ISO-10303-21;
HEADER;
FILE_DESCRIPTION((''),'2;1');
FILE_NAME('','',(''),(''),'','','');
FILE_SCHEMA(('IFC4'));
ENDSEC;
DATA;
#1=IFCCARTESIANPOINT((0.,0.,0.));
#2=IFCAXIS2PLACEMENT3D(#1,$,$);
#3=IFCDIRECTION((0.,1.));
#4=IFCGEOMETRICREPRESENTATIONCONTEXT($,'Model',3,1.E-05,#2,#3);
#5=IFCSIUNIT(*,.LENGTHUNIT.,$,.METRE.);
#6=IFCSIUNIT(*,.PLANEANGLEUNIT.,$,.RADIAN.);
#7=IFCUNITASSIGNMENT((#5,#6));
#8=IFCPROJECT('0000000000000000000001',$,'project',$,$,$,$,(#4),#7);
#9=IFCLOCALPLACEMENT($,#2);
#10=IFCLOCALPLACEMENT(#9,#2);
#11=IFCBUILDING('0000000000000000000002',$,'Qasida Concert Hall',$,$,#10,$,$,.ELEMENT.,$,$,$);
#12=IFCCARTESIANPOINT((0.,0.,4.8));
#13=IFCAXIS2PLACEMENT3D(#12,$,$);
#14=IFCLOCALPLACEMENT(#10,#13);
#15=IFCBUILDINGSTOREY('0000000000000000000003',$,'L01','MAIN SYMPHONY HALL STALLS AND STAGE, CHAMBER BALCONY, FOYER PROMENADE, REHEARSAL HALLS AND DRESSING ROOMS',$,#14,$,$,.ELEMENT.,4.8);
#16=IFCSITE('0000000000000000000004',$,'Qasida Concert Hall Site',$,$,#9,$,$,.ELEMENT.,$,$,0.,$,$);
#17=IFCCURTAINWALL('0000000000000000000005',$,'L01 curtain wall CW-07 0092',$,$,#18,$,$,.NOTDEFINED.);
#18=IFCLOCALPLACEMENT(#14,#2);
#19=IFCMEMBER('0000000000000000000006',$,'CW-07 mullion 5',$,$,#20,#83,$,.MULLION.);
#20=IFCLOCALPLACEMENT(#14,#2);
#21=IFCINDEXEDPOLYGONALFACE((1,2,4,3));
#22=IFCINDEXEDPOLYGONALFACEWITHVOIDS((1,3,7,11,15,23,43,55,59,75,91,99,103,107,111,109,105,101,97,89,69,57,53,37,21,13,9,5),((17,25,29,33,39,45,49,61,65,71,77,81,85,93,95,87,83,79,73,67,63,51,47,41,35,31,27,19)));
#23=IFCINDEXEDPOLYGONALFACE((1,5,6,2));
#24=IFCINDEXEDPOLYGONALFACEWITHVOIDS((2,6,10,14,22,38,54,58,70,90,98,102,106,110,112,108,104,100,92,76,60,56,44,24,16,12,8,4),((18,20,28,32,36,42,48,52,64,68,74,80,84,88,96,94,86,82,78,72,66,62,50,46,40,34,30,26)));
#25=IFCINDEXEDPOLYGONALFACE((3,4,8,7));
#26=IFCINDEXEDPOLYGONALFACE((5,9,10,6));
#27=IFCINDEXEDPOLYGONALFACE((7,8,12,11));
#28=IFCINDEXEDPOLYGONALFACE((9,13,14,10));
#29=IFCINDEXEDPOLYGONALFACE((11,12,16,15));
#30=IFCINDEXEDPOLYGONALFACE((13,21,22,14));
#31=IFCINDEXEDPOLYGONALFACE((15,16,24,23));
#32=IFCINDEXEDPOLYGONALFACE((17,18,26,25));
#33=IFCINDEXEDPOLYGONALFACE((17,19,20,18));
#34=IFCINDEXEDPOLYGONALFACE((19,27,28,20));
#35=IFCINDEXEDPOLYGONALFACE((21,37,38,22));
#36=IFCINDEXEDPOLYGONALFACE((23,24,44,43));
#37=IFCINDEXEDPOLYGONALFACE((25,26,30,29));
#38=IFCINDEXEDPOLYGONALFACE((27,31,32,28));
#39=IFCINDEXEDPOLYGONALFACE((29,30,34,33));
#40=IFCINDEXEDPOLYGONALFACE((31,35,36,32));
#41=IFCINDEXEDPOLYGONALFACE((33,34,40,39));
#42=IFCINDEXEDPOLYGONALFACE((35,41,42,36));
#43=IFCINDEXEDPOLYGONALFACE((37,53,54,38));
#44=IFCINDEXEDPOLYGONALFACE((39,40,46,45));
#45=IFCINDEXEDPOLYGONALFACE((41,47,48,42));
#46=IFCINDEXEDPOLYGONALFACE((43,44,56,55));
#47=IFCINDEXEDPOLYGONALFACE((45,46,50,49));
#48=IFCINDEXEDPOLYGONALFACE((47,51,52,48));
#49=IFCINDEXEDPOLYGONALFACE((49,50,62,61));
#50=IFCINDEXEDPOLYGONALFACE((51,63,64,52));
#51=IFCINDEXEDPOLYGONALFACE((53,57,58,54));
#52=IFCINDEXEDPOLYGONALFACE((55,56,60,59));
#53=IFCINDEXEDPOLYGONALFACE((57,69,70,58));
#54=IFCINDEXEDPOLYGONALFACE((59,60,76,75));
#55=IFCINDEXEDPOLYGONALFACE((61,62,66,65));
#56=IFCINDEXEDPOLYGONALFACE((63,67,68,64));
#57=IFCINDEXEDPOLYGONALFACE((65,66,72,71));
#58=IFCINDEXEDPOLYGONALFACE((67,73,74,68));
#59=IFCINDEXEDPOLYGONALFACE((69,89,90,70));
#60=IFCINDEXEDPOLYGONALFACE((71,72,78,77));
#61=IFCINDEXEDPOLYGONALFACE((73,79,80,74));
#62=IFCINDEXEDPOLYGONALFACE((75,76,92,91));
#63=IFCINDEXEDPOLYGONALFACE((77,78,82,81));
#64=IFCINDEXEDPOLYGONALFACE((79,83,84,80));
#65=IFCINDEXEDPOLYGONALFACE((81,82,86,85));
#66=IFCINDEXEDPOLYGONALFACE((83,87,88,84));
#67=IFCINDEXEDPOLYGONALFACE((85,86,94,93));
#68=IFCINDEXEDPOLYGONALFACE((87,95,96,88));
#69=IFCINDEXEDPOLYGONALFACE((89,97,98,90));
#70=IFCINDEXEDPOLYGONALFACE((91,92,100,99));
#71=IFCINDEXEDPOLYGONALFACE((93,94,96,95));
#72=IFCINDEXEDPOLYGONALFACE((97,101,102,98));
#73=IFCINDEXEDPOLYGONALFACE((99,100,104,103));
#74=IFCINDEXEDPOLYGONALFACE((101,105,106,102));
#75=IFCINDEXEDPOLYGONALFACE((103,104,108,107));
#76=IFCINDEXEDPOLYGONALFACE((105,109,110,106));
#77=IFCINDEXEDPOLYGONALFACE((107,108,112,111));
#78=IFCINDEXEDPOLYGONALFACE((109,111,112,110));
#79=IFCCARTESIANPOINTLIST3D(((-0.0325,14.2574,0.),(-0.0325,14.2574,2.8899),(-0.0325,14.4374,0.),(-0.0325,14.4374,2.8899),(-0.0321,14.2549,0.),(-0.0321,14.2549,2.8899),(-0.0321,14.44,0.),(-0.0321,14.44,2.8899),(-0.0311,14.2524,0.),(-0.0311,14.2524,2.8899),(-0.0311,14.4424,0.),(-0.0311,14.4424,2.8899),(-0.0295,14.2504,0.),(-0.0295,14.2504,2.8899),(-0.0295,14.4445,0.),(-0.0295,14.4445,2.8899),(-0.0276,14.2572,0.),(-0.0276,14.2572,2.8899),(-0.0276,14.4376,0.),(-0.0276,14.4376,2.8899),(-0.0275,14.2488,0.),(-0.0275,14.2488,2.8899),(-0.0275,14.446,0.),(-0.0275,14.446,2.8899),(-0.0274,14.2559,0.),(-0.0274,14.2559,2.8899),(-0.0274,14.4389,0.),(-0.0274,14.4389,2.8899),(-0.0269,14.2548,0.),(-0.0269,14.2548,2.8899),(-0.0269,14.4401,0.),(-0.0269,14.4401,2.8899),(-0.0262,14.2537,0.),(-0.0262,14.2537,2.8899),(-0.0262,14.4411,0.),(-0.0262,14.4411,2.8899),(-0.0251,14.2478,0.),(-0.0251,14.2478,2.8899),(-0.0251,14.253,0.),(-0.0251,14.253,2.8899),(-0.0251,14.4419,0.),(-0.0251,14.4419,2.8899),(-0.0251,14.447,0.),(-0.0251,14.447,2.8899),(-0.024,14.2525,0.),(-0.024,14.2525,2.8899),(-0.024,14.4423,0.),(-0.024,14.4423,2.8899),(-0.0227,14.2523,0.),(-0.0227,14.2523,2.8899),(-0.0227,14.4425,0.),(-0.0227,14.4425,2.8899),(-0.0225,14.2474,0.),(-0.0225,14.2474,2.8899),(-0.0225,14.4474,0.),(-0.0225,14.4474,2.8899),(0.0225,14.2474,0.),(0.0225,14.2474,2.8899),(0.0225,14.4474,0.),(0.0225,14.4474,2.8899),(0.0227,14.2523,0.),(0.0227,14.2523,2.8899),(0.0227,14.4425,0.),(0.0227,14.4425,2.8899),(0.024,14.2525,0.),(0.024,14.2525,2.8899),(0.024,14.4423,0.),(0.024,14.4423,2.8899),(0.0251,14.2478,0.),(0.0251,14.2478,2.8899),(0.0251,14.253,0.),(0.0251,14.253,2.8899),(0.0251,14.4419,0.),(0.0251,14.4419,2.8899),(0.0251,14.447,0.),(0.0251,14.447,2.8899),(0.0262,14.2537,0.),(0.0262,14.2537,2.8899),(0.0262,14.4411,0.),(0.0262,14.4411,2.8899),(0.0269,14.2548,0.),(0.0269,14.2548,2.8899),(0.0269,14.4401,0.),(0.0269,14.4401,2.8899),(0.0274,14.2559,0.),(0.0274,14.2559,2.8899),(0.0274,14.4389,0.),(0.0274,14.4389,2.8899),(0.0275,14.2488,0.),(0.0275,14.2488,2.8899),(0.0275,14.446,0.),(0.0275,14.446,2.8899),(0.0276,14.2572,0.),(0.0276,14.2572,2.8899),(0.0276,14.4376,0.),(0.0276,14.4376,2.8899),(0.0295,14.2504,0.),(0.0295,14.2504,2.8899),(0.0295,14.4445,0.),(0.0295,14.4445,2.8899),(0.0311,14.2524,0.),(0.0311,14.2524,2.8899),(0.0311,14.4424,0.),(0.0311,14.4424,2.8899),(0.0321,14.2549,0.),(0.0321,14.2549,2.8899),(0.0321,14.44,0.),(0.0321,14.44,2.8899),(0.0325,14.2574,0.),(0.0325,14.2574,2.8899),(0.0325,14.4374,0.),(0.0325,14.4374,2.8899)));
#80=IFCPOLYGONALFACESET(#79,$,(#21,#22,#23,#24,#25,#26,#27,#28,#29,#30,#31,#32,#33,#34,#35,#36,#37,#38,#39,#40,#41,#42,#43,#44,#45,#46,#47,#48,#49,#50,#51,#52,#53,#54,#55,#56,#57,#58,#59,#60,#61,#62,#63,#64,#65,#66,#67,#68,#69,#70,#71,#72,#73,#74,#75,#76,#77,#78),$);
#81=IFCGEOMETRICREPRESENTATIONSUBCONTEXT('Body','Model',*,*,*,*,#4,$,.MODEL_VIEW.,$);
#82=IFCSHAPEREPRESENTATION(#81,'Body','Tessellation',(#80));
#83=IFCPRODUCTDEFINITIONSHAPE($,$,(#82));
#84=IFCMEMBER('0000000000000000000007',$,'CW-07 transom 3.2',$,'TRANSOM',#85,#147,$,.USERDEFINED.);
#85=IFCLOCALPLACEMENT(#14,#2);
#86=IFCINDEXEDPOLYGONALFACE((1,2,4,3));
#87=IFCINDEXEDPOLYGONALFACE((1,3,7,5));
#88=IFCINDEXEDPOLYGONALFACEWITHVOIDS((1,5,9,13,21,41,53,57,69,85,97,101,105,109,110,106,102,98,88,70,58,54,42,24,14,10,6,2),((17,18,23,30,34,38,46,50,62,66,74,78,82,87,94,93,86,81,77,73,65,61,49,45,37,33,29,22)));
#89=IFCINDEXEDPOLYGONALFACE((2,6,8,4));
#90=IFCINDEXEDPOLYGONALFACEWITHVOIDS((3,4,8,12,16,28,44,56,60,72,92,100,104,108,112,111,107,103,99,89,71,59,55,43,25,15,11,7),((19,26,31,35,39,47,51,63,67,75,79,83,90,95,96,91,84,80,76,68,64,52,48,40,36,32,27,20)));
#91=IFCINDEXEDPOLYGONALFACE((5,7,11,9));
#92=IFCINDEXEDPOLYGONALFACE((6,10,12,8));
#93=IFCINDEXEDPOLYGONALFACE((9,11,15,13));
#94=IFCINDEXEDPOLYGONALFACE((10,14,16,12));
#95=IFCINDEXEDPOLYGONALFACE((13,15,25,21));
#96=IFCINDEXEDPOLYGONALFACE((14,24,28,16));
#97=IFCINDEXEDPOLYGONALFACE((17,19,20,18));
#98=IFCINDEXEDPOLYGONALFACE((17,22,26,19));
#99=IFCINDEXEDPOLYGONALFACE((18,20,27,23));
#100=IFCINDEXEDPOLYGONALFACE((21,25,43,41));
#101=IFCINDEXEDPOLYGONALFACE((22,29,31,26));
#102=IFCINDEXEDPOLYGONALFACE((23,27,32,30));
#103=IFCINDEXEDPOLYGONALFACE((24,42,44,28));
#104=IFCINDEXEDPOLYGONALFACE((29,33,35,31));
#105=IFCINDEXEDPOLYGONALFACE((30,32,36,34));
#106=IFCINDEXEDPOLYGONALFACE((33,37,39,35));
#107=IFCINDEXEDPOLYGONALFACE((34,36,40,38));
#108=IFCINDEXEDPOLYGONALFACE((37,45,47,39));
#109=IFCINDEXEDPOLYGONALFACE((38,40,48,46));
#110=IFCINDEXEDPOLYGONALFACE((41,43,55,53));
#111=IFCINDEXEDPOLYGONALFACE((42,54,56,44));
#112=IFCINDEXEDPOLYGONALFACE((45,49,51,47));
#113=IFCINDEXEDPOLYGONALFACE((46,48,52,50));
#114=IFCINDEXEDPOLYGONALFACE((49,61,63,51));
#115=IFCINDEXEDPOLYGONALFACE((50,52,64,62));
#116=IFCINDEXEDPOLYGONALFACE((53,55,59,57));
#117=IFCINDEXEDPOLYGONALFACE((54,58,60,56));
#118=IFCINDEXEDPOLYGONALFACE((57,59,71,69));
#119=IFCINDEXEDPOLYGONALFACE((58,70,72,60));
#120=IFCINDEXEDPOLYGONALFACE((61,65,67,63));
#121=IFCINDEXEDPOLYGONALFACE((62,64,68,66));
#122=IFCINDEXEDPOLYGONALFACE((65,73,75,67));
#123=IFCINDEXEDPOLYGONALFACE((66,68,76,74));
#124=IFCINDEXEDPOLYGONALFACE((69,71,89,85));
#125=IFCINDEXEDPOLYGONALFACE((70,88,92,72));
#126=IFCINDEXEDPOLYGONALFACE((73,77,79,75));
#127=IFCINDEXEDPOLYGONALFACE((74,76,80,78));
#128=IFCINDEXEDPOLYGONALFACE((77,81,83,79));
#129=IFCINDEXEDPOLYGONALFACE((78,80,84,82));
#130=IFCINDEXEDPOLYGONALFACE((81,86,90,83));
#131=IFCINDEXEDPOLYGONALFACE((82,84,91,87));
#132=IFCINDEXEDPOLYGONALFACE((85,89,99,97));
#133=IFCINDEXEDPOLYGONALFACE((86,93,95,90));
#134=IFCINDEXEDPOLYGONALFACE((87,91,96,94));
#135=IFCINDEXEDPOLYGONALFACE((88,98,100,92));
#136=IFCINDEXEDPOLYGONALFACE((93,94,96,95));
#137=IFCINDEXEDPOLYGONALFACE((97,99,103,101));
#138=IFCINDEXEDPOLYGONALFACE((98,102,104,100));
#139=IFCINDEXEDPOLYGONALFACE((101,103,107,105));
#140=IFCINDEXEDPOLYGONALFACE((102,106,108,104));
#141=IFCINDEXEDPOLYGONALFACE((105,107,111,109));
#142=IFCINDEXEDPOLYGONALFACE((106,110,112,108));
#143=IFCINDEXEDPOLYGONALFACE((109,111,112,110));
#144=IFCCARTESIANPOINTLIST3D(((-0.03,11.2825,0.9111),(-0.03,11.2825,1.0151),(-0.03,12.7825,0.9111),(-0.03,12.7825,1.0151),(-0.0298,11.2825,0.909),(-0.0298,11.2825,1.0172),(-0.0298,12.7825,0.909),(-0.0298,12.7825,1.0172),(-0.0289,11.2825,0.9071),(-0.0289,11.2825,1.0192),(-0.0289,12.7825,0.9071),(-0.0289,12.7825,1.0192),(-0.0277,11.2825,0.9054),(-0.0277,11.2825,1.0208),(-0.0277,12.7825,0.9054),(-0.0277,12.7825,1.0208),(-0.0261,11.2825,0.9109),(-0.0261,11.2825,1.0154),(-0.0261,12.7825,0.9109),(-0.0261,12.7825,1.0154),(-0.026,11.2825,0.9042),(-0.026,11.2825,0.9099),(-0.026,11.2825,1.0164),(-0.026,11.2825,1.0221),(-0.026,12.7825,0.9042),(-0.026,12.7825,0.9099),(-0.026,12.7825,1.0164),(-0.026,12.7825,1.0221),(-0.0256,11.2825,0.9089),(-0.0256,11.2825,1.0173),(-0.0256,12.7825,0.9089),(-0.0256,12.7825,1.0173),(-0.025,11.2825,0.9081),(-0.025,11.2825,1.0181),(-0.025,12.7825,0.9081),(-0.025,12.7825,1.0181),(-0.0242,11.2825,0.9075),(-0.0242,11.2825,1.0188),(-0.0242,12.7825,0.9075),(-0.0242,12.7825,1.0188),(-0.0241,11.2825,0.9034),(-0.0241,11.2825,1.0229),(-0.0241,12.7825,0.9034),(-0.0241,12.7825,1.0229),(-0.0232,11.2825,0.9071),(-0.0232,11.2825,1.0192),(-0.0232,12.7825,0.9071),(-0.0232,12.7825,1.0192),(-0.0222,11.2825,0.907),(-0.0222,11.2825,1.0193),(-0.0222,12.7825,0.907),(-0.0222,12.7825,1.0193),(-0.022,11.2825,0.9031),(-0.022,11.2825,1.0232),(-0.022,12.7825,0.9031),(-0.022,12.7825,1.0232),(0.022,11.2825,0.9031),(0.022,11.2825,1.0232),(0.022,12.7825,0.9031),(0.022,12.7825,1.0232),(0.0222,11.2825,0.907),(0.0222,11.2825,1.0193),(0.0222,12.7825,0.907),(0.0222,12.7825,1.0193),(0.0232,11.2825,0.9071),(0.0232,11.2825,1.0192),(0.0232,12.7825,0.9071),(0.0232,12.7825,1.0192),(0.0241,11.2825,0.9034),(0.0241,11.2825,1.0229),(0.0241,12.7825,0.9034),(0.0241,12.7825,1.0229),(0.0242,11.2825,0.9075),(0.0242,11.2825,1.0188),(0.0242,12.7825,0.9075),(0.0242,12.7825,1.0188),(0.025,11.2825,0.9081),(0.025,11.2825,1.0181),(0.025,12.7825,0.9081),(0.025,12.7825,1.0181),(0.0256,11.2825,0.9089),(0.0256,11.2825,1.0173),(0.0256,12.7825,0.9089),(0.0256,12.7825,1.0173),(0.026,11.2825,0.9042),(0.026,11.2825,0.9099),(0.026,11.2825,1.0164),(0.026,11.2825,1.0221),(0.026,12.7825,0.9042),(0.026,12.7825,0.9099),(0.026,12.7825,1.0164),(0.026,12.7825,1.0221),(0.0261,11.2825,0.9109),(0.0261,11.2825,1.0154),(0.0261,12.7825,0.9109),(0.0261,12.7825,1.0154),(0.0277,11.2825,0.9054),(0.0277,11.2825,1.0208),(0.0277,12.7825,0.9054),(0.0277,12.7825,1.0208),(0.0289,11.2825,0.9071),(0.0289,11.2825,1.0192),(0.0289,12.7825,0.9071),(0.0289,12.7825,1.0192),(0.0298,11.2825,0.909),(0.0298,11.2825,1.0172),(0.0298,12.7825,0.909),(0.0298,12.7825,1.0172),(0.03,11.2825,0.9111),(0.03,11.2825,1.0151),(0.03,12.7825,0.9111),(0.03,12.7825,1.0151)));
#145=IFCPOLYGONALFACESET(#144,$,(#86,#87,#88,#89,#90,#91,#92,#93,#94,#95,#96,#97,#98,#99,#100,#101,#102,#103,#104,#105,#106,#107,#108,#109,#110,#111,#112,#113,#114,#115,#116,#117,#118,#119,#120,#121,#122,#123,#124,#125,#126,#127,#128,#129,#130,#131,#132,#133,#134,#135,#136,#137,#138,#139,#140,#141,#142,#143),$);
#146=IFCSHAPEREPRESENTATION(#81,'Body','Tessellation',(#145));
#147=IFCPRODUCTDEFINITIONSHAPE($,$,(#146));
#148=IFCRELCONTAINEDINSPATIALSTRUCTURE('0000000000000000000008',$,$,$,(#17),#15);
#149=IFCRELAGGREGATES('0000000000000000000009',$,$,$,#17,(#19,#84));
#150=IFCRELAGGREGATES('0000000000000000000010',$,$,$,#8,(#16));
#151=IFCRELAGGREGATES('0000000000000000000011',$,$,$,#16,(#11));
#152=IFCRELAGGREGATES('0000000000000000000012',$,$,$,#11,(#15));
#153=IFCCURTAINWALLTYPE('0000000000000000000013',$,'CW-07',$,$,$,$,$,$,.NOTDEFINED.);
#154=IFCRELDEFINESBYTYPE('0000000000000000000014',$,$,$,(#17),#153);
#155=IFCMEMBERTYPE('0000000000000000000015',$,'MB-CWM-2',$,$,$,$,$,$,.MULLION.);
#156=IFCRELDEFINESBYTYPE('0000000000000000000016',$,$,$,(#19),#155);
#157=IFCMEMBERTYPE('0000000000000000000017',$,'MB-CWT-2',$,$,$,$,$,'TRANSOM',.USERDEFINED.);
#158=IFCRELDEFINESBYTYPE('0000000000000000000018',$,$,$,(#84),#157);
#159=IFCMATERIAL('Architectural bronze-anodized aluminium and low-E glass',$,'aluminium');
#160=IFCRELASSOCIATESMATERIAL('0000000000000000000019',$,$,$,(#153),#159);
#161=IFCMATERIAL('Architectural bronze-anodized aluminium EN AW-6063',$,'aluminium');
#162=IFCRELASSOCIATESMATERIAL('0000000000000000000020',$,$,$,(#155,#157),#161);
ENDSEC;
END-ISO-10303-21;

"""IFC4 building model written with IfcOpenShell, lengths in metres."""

from ifc_helpers import new_model, si_unit, direction, frame, origin, origin_2d, place, context, subcontext, project, spatial, hollow_rectangle, extrude, material, material_profile, profile_set, type_object, element, aggregate, save


model = new_model("IFC4")

# Units and contexts
model_context = context("Model", 3, precision=1e-05, world=origin(), true_north=direction((0.0, 1.0)))
body_context = subcontext(model_context, "Body", "Model", "MODEL_VIEW")
ifc_project = project(units=[si_unit("LENGTHUNIT", "METRE"), si_unit("PLANEANGLEUNIT", "RADIAN")], contexts=[model_context])

# Site, building, storey
site_placement = place(None, origin())
site = spatial("IfcSite", under=ifc_project, at=site_placement, Name="Qasida Concert Hall Site", CompositionType="ELEMENT", RefElevation=0.0)
building_placement = place(site_placement, origin())
building = spatial("IfcBuilding", under=site, at=building_placement, Name="Qasida Concert Hall", CompositionType="ELEMENT")
storey_placement = place(building_placement, frame((0.0, 0.0, 4.8)))
storey = spatial("IfcBuildingStorey", under=building, at=storey_placement, Name="L01", Description="MAIN SYMPHONY HALL STALLS AND STAGE, CHAMBER BALCONY, FOYER PROMENADE, REHEARSAL HALLS AND DRESSING ROOMS", CompositionType="ELEMENT", Elevation=4.8)

# Curtain wall, members
ifc_material_1 = material(Name="Architectural bronze-anodized aluminium and low-E glass", Category="aluminium")
curtain_wall_type = type_object("IfcCurtainWallType", Name="CW-07", PredefinedType="NOTDEFINED", material=ifc_material_1)
curtain_wall_placement = place(storey_placement, origin())
curtain_wall = element("IfcCurtainWall", 1, at=curtain_wall_placement, inside=storey, type_object=curtain_wall_type, Name="L01 curtain wall CW-07 0092", PredefinedType="NOTDEFINED")
ifc_material_2 = material(Name="Architectural bronze-anodized aluminium EN AW-6063", Category="aluminium")
ifc_material_profile_1 = material_profile(ifc_material_2, hollow_rectangle(XDim=0.0649, YDim=0.2, WallThickness=0.0049, InnerFilletRadius=0.0049, OuterFilletRadius=0.01, at=origin_2d()), Name="CWM 200x65x5")
ifc_profile_set_1 = profile_set([ifc_material_profile_1], Name="Architectural bronze-anodized aluminium EN AW-6063")
member_type_1 = type_object("IfcMemberType", Name="MB-CWM-2", PredefinedType="MULLION", material=ifc_profile_set_1)
member_1_placement = place(storey_placement, frame((0.0, 14.3474, 0.0), z_axis=(0.0, 0.0, 1.0), x_axis=(-1.0, 0.0, 0.0)))
member_1 = element("IfcMember", 2, at=member_1_placement, type_object=member_type_1, Name="CW-07 mullion 5", PredefinedType="MULLION", context=body_context, shape_type="SweptSolid", body=[
    extrude(hollow_rectangle(XDim=0.0649, YDim=0.2, WallThickness=0.0049, InnerFilletRadius=0.0049, OuterFilletRadius=0.01, at=origin_2d()), origin(), (0.0, 0.0, 1.0), 2.8899),
])
ifc_material_profile_2 = material_profile(ifc_material_2, hollow_rectangle(XDim=0.0601, YDim=0.1201, WallThickness=0.0039, InnerFilletRadius=0.0039, OuterFilletRadius=0.0081, at=origin_2d()), Name="CWT 120x60x4")
ifc_profile_set_2 = profile_set([ifc_material_profile_2], Name="Architectural bronze-anodized aluminium EN AW-6063")
member_type_2 = type_object("IfcMemberType", Name="MB-CWT-2", ElementType="TRANSOM", PredefinedType="USERDEFINED", material=ifc_profile_set_2)
member_2_placement = place(storey_placement, frame((0.0, 11.2825, 0.9631), z_axis=(0.0, 1.0, 0.0), x_axis=(-1.0, 0.0, 0.0)))
member_2 = element("IfcMember", 3, at=member_2_placement, type_object=member_type_2, Name="CW-07 transom 3.2", ObjectType="TRANSOM", PredefinedType="USERDEFINED", context=body_context, shape_type="SweptSolid", body=[
    extrude(hollow_rectangle(XDim=0.0601, YDim=0.1201, WallThickness=0.0039, InnerFilletRadius=0.0039, OuterFilletRadius=0.0081, at=origin_2d()), origin(), (0.0, 0.0, 1.0), 1.5),
])
aggregate(curtain_wall, [member_1, member_2])

save(model, "model.ifc")
